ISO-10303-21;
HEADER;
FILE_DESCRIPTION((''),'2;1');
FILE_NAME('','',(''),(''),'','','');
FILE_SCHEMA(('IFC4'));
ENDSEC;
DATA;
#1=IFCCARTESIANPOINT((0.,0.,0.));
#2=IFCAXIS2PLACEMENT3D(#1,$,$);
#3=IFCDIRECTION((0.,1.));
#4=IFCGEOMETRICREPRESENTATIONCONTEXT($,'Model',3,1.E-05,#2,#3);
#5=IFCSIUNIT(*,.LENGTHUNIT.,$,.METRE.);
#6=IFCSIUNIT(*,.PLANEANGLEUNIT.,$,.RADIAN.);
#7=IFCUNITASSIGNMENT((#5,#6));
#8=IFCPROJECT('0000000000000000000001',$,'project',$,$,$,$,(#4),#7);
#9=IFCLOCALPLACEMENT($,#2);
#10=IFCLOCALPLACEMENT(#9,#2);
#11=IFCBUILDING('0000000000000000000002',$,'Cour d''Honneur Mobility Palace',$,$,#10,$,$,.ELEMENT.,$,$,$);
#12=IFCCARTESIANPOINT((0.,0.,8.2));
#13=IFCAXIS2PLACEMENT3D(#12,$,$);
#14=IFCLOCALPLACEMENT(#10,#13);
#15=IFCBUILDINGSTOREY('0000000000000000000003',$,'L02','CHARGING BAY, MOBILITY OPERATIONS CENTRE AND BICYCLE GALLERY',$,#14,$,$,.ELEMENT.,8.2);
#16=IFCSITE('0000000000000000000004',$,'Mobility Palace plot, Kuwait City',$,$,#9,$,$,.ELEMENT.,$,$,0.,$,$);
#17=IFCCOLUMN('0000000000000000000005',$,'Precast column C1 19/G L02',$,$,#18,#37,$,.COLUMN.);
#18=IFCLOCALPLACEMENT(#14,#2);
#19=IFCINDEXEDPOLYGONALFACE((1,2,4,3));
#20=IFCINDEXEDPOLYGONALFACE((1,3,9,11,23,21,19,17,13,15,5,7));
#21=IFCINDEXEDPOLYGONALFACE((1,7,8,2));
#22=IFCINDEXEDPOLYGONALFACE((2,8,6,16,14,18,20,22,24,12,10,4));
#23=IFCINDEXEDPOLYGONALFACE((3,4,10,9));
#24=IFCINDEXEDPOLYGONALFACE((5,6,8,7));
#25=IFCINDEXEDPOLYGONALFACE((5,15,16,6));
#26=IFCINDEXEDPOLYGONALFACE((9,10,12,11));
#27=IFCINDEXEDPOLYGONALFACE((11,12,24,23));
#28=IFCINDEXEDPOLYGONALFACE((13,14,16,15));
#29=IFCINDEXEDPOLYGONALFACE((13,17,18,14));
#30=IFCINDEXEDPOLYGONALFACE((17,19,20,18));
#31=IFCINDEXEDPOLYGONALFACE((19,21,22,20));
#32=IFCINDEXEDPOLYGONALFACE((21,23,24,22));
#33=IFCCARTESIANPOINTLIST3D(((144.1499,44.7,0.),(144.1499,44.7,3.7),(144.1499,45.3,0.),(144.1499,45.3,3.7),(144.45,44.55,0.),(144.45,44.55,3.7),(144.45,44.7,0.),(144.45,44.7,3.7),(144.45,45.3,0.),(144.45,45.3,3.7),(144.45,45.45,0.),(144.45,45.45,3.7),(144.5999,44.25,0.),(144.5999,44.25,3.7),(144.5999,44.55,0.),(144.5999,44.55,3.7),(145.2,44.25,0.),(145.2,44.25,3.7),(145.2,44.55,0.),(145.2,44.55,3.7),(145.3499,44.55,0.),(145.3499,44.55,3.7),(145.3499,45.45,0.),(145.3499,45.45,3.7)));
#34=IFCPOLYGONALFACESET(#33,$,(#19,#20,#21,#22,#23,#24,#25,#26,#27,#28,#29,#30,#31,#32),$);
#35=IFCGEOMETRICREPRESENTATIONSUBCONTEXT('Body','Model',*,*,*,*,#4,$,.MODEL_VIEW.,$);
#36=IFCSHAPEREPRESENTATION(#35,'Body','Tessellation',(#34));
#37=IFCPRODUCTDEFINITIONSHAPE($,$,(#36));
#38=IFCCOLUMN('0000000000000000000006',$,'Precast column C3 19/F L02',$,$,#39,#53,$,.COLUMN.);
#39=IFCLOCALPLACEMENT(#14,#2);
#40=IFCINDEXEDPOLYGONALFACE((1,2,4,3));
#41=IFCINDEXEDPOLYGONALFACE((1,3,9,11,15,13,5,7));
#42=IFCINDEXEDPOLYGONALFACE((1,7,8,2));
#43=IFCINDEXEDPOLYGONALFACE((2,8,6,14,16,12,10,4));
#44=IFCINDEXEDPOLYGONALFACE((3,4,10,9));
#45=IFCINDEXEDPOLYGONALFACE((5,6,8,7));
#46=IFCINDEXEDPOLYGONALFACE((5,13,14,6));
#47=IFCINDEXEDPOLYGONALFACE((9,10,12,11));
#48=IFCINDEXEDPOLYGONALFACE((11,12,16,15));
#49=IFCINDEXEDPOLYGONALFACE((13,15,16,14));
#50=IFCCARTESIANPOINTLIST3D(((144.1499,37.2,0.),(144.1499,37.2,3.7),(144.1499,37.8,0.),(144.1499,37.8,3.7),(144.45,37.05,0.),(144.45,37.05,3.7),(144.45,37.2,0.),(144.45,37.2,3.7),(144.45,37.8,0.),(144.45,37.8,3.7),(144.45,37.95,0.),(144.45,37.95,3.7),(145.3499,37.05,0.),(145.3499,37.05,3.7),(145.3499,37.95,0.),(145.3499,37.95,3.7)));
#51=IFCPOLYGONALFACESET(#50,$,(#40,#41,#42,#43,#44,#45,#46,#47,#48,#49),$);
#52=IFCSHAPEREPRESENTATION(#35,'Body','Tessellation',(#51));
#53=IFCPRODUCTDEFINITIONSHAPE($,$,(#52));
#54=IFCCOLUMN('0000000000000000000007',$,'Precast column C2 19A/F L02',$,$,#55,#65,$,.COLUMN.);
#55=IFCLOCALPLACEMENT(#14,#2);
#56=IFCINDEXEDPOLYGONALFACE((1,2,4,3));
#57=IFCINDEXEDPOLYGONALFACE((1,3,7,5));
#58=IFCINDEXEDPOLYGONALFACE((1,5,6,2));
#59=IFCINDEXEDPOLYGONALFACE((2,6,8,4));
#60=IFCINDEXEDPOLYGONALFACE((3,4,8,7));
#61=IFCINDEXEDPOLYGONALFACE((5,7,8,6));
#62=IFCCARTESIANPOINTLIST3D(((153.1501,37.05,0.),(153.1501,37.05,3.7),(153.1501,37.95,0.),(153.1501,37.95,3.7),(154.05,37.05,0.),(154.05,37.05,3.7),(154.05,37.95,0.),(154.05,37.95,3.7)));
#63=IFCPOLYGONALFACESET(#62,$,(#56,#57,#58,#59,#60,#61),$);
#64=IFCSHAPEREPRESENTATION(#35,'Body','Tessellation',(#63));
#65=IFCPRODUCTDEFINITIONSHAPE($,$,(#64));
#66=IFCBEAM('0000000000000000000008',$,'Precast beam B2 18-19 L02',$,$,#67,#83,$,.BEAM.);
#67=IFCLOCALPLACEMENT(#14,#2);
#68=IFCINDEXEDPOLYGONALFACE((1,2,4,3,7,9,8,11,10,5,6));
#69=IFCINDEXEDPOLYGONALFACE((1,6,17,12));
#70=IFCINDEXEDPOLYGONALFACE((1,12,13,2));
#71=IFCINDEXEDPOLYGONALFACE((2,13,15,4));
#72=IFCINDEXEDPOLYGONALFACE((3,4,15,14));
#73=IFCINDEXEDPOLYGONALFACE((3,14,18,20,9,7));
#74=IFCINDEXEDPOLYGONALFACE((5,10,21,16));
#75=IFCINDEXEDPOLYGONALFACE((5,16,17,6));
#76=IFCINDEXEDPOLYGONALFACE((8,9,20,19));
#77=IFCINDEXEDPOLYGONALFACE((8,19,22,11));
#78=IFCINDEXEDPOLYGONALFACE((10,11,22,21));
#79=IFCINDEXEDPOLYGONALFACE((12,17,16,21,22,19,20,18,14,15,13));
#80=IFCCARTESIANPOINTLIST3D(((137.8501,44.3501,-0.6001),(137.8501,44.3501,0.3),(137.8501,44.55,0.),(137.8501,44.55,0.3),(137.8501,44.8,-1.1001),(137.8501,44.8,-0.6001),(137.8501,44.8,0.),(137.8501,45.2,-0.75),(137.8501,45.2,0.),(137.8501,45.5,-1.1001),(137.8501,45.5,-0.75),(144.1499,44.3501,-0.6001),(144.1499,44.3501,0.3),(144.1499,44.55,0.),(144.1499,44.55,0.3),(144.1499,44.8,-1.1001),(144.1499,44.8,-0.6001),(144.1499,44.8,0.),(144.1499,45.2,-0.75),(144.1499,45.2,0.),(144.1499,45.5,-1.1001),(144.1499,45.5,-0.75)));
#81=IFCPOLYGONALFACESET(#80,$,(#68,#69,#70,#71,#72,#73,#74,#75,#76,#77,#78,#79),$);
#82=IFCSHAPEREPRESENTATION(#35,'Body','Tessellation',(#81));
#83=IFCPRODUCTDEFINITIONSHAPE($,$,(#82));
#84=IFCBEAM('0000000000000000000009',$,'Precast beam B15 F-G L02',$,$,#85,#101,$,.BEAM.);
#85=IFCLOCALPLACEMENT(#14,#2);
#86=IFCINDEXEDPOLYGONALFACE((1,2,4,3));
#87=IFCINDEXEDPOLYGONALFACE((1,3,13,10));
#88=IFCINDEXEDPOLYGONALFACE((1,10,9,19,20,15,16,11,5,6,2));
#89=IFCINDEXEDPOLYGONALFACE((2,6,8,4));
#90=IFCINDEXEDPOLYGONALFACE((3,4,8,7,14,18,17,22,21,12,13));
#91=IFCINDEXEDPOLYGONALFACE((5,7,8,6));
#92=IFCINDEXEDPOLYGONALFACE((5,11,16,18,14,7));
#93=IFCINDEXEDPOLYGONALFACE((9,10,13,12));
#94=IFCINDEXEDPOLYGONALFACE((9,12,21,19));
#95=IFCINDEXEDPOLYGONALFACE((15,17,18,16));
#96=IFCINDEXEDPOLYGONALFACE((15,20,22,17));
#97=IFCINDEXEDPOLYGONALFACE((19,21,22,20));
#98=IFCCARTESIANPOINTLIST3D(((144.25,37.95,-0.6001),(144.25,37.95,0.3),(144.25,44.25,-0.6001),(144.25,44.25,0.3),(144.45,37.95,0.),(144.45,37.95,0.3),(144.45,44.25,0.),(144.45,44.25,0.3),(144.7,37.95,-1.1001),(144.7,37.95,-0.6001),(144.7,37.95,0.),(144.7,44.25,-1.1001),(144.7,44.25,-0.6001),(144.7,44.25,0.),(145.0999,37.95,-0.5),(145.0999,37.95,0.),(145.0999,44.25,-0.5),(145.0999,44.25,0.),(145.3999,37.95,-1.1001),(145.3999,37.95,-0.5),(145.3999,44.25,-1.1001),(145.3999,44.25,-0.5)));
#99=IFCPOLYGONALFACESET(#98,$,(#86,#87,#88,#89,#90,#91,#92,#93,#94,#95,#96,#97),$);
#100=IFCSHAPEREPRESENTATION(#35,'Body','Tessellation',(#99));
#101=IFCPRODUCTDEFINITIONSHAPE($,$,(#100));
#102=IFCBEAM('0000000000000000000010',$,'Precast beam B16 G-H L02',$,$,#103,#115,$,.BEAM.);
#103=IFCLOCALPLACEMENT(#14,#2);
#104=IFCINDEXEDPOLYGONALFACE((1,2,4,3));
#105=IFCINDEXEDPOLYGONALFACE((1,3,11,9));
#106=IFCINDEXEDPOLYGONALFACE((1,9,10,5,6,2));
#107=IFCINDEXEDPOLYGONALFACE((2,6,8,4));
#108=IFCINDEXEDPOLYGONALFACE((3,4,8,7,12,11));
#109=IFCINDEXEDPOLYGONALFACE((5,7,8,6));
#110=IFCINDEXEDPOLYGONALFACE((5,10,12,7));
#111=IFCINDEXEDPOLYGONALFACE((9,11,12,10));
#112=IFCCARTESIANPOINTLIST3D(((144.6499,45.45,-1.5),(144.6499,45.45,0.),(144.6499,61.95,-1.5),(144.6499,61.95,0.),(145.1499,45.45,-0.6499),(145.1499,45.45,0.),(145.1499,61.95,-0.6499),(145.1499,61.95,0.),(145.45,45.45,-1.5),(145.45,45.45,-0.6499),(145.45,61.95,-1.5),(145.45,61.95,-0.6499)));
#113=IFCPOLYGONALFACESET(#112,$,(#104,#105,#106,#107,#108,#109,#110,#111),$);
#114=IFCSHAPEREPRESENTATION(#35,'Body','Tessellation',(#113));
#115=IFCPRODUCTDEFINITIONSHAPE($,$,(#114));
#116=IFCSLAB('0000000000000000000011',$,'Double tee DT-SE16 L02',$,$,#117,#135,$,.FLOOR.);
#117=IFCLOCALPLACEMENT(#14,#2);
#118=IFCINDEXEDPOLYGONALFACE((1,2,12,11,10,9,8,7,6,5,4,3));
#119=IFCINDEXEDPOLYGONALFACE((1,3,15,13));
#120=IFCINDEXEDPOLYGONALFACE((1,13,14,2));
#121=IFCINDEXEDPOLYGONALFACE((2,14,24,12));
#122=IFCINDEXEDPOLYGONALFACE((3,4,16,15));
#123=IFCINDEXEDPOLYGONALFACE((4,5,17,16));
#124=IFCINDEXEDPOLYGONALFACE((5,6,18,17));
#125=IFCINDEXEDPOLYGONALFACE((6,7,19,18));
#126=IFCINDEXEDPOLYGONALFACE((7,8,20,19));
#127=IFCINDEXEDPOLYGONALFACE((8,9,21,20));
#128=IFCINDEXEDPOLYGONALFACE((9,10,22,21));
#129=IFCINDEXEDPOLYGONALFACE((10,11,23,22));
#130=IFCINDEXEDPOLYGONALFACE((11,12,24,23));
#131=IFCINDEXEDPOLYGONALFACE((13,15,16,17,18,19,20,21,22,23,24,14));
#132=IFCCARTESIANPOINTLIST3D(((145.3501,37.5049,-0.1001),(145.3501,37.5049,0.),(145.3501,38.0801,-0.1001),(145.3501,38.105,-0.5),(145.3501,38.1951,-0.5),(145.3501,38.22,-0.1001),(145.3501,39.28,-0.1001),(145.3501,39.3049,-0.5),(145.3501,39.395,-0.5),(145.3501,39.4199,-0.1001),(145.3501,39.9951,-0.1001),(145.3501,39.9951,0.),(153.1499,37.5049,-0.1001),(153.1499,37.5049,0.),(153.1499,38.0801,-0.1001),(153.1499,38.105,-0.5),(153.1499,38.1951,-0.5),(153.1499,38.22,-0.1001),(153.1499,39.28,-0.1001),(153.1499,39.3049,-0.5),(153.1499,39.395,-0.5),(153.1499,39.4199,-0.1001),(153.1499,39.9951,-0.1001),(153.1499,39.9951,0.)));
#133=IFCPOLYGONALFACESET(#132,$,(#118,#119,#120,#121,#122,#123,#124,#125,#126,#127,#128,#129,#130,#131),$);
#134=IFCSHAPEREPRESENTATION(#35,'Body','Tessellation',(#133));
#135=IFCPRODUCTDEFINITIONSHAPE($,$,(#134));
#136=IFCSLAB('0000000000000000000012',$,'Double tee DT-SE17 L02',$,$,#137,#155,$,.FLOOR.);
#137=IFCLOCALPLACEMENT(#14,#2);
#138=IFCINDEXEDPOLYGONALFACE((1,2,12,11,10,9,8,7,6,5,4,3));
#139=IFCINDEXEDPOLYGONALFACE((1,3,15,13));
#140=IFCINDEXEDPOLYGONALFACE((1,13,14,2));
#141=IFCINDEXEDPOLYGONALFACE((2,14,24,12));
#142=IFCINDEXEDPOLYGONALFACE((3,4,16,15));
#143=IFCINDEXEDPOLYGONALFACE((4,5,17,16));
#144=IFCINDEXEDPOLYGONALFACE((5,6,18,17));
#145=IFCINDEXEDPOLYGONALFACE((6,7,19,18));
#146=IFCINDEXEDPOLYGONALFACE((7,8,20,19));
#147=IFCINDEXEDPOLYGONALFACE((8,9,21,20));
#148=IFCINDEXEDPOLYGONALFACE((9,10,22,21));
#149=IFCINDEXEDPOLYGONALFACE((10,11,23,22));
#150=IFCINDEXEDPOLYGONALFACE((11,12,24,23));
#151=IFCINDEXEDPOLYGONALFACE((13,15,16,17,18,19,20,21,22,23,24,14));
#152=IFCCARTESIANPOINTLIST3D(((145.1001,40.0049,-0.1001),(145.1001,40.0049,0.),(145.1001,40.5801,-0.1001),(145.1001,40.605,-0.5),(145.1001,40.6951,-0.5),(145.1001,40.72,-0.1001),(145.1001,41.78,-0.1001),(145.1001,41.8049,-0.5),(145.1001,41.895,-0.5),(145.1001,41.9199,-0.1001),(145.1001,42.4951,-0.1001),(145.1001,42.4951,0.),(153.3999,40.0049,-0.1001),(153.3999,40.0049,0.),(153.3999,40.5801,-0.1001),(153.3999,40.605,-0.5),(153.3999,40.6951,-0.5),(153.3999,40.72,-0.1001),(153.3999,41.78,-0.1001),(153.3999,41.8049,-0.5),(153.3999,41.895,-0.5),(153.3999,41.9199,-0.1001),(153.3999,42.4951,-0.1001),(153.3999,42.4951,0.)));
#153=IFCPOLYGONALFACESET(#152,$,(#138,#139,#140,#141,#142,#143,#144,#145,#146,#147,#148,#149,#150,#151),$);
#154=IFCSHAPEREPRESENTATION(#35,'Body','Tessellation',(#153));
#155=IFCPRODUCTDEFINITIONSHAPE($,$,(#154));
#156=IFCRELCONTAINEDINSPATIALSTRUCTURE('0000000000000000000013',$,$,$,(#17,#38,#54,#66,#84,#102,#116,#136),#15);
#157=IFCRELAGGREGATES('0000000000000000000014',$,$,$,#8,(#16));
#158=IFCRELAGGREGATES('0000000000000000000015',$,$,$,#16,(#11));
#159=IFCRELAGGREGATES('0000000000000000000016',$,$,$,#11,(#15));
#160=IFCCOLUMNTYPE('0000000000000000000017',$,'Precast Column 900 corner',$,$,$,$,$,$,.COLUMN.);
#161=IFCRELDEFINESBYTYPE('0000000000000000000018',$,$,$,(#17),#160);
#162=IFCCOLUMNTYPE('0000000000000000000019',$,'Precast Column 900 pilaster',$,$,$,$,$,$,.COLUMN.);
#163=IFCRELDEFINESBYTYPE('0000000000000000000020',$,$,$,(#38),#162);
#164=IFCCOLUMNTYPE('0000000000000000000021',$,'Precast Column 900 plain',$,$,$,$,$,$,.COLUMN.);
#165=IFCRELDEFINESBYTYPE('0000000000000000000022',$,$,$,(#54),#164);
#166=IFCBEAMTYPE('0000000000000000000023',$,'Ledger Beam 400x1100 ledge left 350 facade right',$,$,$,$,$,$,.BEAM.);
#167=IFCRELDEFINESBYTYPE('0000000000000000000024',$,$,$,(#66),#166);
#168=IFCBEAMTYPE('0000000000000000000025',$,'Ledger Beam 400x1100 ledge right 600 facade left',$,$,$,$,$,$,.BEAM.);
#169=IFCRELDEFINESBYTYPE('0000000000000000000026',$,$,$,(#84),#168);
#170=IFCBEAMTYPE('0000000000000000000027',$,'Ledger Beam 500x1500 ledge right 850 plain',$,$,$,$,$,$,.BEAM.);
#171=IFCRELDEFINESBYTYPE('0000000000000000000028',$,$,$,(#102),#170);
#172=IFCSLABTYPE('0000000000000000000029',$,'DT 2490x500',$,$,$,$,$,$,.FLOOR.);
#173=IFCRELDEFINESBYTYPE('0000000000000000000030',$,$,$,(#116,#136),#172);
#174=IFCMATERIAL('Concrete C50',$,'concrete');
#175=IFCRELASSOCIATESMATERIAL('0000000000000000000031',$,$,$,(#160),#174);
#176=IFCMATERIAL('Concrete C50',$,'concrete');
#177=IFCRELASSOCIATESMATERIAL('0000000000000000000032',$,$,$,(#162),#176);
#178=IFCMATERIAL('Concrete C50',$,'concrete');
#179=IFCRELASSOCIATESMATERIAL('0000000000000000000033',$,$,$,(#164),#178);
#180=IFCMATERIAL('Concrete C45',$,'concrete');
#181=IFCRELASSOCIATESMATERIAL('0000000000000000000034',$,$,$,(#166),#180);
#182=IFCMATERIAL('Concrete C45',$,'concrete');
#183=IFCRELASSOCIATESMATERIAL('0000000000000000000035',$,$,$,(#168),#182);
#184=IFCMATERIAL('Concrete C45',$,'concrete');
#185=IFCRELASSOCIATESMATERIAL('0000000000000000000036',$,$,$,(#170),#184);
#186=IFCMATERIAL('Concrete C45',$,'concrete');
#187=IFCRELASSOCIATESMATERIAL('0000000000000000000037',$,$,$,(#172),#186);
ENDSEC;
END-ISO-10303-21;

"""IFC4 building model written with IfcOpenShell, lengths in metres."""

from ifc_helpers import new_model, si_unit, direction, frame, origin, place, context, subcontext, project, spatial, polyline, outline, extrude, material, material_profile, profile_set, type_object, element, save


model = new_model("IFC4")

# Units and contexts
model_context = context("Model", 3, precision=1e-05, world=origin(), true_north=direction((0.0, 1.0)))
body_context = subcontext(model_context, "Body", "Model", "MODEL_VIEW")
ifc_project = project(units=[si_unit("LENGTHUNIT", "METRE"), si_unit("PLANEANGLEUNIT", "RADIAN")], contexts=[model_context])

# Site, building, storey
site_placement = place(None, origin())
site = spatial("IfcSite", under=ifc_project, at=site_placement, Name="Mobility Palace plot, Kuwait City", CompositionType="ELEMENT", RefElevation=0.0)
building_placement = place(site_placement, origin())
building = spatial("IfcBuilding", under=site, at=building_placement, Name="Cour d'Honneur Mobility Palace", CompositionType="ELEMENT")
storey_placement = place(building_placement, frame((0.0, 0.0, 8.2)))
storey = spatial("IfcBuildingStorey", under=building, at=storey_placement, Name="L02", Description="CHARGING BAY, MOBILITY OPERATIONS CENTRE AND BICYCLE GALLERY", CompositionType="ELEMENT", Elevation=8.2)

# Columns
ifc_material_1 = material(Name="Concrete C50", Category="concrete")
ifc_material_profile_1 = material_profile(ifc_material_1, outline(polyline([(-0.45, -0.45), (0.45, -0.45), (0.45, -0.3), (0.75, -0.3), (0.75, 0.3), (0.45, 0.3), (0.45, 0.45), (0.3, 0.45), (0.3, 0.75), (-0.3, 0.75), (-0.3, 0.45), (-0.45, 0.45), (-0.45, -0.45)])), Name="PC C900 corner")
ifc_profile_set_1 = profile_set([ifc_material_profile_1], Name="Concrete C50")
column_type_1 = type_object("IfcColumnType", Name="Precast Column 900 corner", PredefinedType="COLUMN", material=ifc_profile_set_1)
column_1_placement = place(storey_placement, frame((144.8999, 45.0, 0.0), z_axis=(0.0, 0.0, 1.0), x_axis=(-1.0, 0.0, 0.0)))
element("IfcColumn", 1, at=column_1_placement, inside=storey, type_object=column_type_1, Name="Precast column C1 19/G L02", PredefinedType="COLUMN", context=body_context, shape_type="SweptSolid", body=[
    extrude(outline(polyline([(-0.45, -0.45), (0.45, -0.45), (0.45, -0.3), (0.75, -0.3), (0.75, 0.3), (0.45, 0.3), (0.45, 0.45), (0.3, 0.45), (0.3, 0.75), (-0.3, 0.75), (-0.3, 0.45), (-0.45, 0.45), (-0.45, -0.45)])), origin(), (0.0, 0.0, 1.0), 3.7),
])
ifc_material_2 = material(Name="Concrete C50", Category="concrete")
ifc_material_profile_2 = material_profile(ifc_material_2, outline(polyline([(-0.45, -0.45), (0.45, -0.45), (0.45, -0.3), (0.75, -0.3), (0.75, 0.3), (0.45, 0.3), (0.45, 0.45), (-0.45, 0.45), (-0.45, -0.45)])), Name="PC C900 pilaster")
ifc_profile_set_2 = profile_set([ifc_material_profile_2], Name="Concrete C50")
column_type_2 = type_object("IfcColumnType", Name="Precast Column 900 pilaster", PredefinedType="COLUMN", material=ifc_profile_set_2)
column_2_placement = place(storey_placement, frame((144.8999, 37.5, 0.0), z_axis=(0.0, 0.0, 1.0), x_axis=(-1.0, 0.0, 0.0)))
element("IfcColumn", 2, at=column_2_placement, inside=storey, type_object=column_type_2, Name="Precast column C3 19/F L02", PredefinedType="COLUMN", context=body_context, shape_type="SweptSolid", body=[
    extrude(outline(polyline([(-0.45, -0.45), (0.45, -0.45), (0.45, -0.3), (0.75, -0.3), (0.75, 0.3), (0.45, 0.3), (0.45, 0.45), (-0.45, 0.45), (-0.45, -0.45)])), origin(), (0.0, 0.0, 1.0), 3.7),
])
ifc_material_3 = material(Name="Concrete C50", Category="concrete")
ifc_material_profile_3 = material_profile(ifc_material_3, outline(polyline([(-0.45, -0.45), (0.45, -0.45), (0.45, 0.45), (-0.45, 0.45), (-0.45, -0.45)])), Name="PC C900 plain")
ifc_profile_set_3 = profile_set([ifc_material_profile_3], Name="Concrete C50")
column_type_3 = type_object("IfcColumnType", Name="Precast Column 900 plain", PredefinedType="COLUMN", material=ifc_profile_set_3)
column_3_placement = place(storey_placement, frame((153.6001, 37.5, 0.0), z_axis=(0.0, 0.0, 1.0), x_axis=(1.0, 0.0, 0.0)))
element("IfcColumn", 3, at=column_3_placement, inside=storey, type_object=column_type_3, Name="Precast column C2 19A/F L02", PredefinedType="COLUMN", context=body_context, shape_type="SweptSolid", body=[
    extrude(outline(polyline([(-0.45, -0.45), (0.45, -0.45), (0.45, 0.45), (-0.45, 0.45), (-0.45, -0.45)])), origin(), (0.0, 0.0, 1.0), 3.7),
])

# Beams
ifc_material_4 = material(Name="Concrete C45", Category="concrete")
ifc_material_profile_4 = material_profile(ifc_material_4, outline(polyline([(0.5, -1.1001), (0.5, -0.75), (0.2, -0.75), (0.2, 0.0), (-0.2, 0.0), (-0.45, 0.0), (-0.45, 0.3), (-0.6499, 0.3), (-0.6499, -0.6001), (-0.2, -0.6001), (-0.2, -1.1001), (0.5, -1.1001)])), Name="Ledger Beam 400x1100 ledge left 350 facade right")
ifc_profile_set_4 = profile_set([ifc_material_profile_4], Name="Concrete C45")
beam_type_1 = type_object("IfcBeamType", Name="Ledger Beam 400x1100 ledge left 350 facade right", PredefinedType="BEAM", material=ifc_profile_set_4)
beam_1_placement = place(storey_placement, frame((137.8501, 45.0, 0.0), z_axis=(1.0, 0.0, 0.0), x_axis=(0.0, 1.0, 0.0)))
element("IfcBeam", 4, at=beam_1_placement, inside=storey, type_object=beam_type_1, Name="Precast beam B2 18-19 L02", PredefinedType="BEAM", context=body_context, shape_type="SweptSolid", body=[
    extrude(outline(polyline([(0.5, -1.1001), (0.5, -0.75), (0.2, -0.75), (0.2, 0.0), (-0.2, 0.0), (-0.45, 0.0), (-0.45, 0.3), (-0.6499, 0.3), (-0.6499, -0.6001), (-0.2, -0.6001), (-0.2, -1.1001), (0.5, -1.1001)])), origin(), (0.0, 0.0, 1.0), 6.2998),
])
ifc_material_5 = material(Name="Concrete C45", Category="concrete")
ifc_material_profile_5 = material_profile(ifc_material_5, outline(polyline([(0.2, -1.1001), (0.2, -0.6001), (0.6499, -0.6001), (0.6499, 0.3), (0.45, 0.3), (0.45, 0.0), (0.2, 0.0), (-0.2, 0.0), (-0.2, -0.5), (-0.5, -0.5), (-0.5, -1.1001), (0.2, -1.1001)])), Name="Ledger Beam 400x1100 ledge right 600 facade left")
ifc_profile_set_5 = profile_set([ifc_material_profile_5], Name="Concrete C45")
beam_type_2 = type_object("IfcBeamType", Name="Ledger Beam 400x1100 ledge right 600 facade left", PredefinedType="BEAM", material=ifc_profile_set_5)
beam_2_placement = place(storey_placement, frame((144.8999, 37.95, 0.0), z_axis=(0.0, 1.0, 0.0), x_axis=(-1.0, 0.0, 0.0)))
element("IfcBeam", 5, at=beam_2_placement, inside=storey, type_object=beam_type_2, Name="Precast beam B15 F-G L02", PredefinedType="BEAM", context=body_context, shape_type="SweptSolid", body=[
    extrude(outline(polyline([(0.2, -1.1001), (0.2, -0.6001), (0.6499, -0.6001), (0.6499, 0.3), (0.45, 0.3), (0.45, 0.0), (0.2, 0.0), (-0.2, 0.0), (-0.2, -0.5), (-0.5, -0.5), (-0.5, -1.1001), (0.2, -1.1001)])), origin(), (0.0, 0.0, 1.0), 6.3),
])
ifc_material_6 = material(Name="Concrete C45", Category="concrete")
ifc_material_profile_6 = material_profile(ifc_material_6, outline(polyline([(0.25, -1.5), (0.25, 0.0), (-0.25, 0.0), (-0.25, -0.6499), (-0.55, -0.6499), (-0.55, -1.5), (0.25, -1.5)])), Name="Ledger Beam 500x1500 ledge right 850 plain")
ifc_profile_set_6 = profile_set([ifc_material_profile_6], Name="Concrete C45")
beam_type_3 = type_object("IfcBeamType", Name="Ledger Beam 500x1500 ledge right 850 plain", PredefinedType="BEAM", material=ifc_profile_set_6)
beam_3_placement = place(storey_placement, frame((144.8999, 45.45, 0.0), z_axis=(0.0, 1.0, 0.0), x_axis=(-1.0, 0.0, 0.0)))
element("IfcBeam", 6, at=beam_3_placement, inside=storey, type_object=beam_type_3, Name="Precast beam B16 G-H L02", PredefinedType="BEAM", context=body_context, shape_type="SweptSolid", body=[
    extrude(outline(polyline([(0.25, -1.5), (0.25, 0.0), (-0.25, 0.0), (-0.25, -0.6499), (-0.55, -0.6499), (-0.55, -1.5), (0.25, -1.5)])), origin(), (0.0, 0.0, 1.0), 16.5),
])

# Slabs
ifc_material_7 = material(Name="Concrete C45", Category="concrete")
ifc_material_profile_7 = material_profile(ifc_material_7, outline(polyline([(-1.2451, 0.0), (1.2451, 0.0), (1.2451, -0.1001), (0.6699, -0.1001), (0.645, -0.5), (0.5549, -0.5), (0.53, -0.1001), (-0.53, -0.1001), (-0.5549, -0.5), (-0.645, -0.5), (-0.6699, -0.1001), (-1.2451, -0.1001), (-1.2451, 0.0)])), Name="DT 2490x500")
ifc_profile_set_7 = profile_set([ifc_material_profile_7], Name="Concrete C45")
slab_type_1 = type_object("IfcSlabType", Name="DT 2490x500", PredefinedType="FLOOR", material=ifc_profile_set_7)
slab_1_placement = place(storey_placement, frame((145.3501, 38.75, 0.0), z_axis=(1.0, 0.0, 0.0), x_axis=(0.0, 1.0, 0.0)))
element("IfcSlab", 7, at=slab_1_placement, inside=storey, type_object=slab_type_1, Name="Double tee DT-SE16 L02", PredefinedType="FLOOR", context=body_context, shape_type="SweptSolid", body=[
    extrude(outline(polyline([(-1.2451, 0.0), (1.2451, 0.0), (1.2451, -0.1001), (0.6699, -0.1001), (0.645, -0.5), (0.5549, -0.5), (0.53, -0.1001), (-0.53, -0.1001), (-0.5549, -0.5), (-0.645, -0.5), (-0.6699, -0.1001), (-1.2451, -0.1001), (-1.2451, 0.0)])), origin(), (0.0, 0.0, 1.0), 7.7998),
])
slab_2_placement = place(storey_placement, frame((145.1001, 41.25, 0.0), z_axis=(1.0, 0.0, 0.0), x_axis=(0.0, 1.0, 0.0)))
element("IfcSlab", 8, at=slab_2_placement, inside=storey, type_object=slab_type_1, Name="Double tee DT-SE17 L02", PredefinedType="FLOOR", context=body_context, shape_type="SweptSolid", body=[
    extrude(outline(polyline([(-1.2451, 0.0), (1.2451, 0.0), (1.2451, -0.1001), (0.6699, -0.1001), (0.645, -0.5), (0.5549, -0.5), (0.53, -0.1001), (-0.53, -0.1001), (-0.5549, -0.5), (-0.645, -0.5), (-0.6699, -0.1001), (-1.2451, -0.1001), (-1.2451, 0.0)])), origin(), (0.0, 0.0, 1.0), 8.2998),
])

save(model, "model.ifc")
